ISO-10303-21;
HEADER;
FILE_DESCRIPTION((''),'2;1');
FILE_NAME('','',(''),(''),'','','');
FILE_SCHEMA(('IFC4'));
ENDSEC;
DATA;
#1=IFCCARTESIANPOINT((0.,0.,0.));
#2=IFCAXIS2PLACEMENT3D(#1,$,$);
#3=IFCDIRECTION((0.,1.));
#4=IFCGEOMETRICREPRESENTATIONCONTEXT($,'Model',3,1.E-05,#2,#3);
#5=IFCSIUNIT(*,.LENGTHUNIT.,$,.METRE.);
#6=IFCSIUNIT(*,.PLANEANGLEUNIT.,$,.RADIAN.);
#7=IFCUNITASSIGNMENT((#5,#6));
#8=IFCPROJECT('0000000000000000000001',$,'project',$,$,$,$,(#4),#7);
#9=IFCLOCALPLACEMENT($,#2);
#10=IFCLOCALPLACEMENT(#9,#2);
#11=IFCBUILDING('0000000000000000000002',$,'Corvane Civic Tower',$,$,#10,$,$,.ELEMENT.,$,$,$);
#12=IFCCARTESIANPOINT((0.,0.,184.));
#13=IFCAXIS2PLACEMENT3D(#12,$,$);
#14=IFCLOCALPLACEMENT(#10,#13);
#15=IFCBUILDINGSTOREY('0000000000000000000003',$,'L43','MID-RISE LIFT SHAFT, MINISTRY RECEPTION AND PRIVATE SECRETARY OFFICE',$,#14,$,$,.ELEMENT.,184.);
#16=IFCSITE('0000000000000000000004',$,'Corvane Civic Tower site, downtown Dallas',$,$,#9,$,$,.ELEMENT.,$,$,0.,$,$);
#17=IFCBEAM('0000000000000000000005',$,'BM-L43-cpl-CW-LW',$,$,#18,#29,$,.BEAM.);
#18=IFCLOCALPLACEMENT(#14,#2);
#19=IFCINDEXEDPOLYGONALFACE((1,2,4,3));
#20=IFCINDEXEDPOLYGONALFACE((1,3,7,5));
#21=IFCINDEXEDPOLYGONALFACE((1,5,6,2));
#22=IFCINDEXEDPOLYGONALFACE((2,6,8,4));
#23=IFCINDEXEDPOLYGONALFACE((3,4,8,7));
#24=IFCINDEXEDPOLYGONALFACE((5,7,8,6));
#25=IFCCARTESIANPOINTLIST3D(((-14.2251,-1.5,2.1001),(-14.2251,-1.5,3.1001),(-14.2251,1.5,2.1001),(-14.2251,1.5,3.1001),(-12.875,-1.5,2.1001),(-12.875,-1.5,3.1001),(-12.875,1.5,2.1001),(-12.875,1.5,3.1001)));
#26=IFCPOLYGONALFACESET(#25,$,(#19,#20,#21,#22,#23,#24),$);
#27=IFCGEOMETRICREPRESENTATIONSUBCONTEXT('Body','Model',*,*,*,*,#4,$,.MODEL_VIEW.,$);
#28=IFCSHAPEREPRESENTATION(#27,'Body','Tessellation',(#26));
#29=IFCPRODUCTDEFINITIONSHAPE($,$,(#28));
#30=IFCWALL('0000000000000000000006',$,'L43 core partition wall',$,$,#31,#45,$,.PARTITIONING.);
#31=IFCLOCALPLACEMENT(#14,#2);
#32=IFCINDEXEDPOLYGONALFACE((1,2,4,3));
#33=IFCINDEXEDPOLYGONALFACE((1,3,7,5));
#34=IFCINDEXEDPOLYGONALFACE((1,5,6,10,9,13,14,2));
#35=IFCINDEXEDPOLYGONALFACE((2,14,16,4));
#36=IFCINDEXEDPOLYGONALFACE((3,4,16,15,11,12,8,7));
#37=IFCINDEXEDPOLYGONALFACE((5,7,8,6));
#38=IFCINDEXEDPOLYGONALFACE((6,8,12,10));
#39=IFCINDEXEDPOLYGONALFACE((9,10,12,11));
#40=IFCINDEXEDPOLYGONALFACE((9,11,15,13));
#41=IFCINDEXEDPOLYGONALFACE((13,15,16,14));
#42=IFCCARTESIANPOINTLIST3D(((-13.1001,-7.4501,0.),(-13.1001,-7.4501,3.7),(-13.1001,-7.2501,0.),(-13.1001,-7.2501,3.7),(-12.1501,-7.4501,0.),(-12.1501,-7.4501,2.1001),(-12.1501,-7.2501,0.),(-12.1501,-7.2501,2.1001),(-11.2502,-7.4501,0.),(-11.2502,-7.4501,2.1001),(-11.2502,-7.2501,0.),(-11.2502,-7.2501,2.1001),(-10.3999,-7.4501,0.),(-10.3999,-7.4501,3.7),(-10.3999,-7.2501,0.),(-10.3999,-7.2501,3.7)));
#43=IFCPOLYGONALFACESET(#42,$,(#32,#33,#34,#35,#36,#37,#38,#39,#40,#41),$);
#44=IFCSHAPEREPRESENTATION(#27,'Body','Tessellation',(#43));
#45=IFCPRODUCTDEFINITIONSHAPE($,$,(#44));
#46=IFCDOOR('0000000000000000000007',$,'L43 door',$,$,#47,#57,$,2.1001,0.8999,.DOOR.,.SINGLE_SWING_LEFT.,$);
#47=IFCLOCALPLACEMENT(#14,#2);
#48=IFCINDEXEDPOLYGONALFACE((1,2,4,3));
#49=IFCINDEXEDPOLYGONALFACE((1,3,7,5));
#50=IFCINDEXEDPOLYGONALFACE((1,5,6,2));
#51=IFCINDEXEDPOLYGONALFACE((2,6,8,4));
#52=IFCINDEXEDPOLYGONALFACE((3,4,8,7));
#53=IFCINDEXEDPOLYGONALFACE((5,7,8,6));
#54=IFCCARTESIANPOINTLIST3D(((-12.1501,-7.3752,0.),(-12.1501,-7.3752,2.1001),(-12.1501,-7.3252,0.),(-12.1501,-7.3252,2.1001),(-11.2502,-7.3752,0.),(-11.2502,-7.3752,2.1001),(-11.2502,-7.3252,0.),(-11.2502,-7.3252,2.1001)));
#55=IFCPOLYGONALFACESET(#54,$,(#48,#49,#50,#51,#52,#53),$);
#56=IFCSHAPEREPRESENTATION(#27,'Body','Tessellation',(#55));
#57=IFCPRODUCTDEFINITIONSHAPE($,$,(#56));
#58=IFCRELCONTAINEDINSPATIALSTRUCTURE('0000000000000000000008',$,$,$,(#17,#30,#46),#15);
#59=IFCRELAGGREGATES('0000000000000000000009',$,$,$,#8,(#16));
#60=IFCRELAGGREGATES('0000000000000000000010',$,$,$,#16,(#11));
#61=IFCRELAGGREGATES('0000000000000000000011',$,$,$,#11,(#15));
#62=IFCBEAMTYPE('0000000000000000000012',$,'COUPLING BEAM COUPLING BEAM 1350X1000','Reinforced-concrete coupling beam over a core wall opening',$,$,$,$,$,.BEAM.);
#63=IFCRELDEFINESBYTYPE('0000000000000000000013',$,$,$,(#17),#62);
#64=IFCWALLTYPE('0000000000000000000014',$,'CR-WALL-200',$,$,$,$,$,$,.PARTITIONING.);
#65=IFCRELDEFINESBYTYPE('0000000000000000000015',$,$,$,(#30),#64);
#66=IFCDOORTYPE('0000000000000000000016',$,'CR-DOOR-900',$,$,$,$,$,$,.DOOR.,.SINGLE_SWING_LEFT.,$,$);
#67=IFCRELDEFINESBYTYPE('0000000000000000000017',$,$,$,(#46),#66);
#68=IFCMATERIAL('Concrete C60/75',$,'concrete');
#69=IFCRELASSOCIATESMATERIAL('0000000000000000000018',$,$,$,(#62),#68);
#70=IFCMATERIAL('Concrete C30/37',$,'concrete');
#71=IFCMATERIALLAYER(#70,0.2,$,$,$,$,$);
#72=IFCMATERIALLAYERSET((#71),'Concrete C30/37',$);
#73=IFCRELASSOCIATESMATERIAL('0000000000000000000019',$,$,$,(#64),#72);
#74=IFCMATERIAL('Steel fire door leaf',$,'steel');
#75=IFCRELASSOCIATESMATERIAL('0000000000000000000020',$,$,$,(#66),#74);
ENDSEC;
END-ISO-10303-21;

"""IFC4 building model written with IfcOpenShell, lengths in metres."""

from ifc_helpers import new_model, si_unit, direction, frame, frame_2d, origin, origin_2d, place, context, subcontext, project, spatial, rectangle, extrude, material, layer, layer_set, material_profile, profile_set, type_object, element, fill, save


model = new_model("IFC4")

# Units and contexts
model_context = context("Model", 3, precision=1e-05, world=origin(), true_north=direction((0.0, 1.0)))
body_context = subcontext(model_context, "Body", "Model", "MODEL_VIEW")
ifc_project = project(units=[si_unit("LENGTHUNIT", "METRE"), si_unit("PLANEANGLEUNIT", "RADIAN")], contexts=[model_context])

# Site, building, storey
site_placement = place(None, origin())
site = spatial("IfcSite", under=ifc_project, at=site_placement, Name="Corvane Civic Tower site, downtown Dallas", CompositionType="ELEMENT", RefElevation=0.0)
building_placement = place(site_placement, origin())
building = spatial("IfcBuilding", under=site, at=building_placement, Name="Corvane Civic Tower", CompositionType="ELEMENT")
storey_placement = place(building_placement, frame((0.0, 0.0, 184.0)))
storey = spatial("IfcBuildingStorey", under=building, at=storey_placement, Name="L43", Description="MID-RISE LIFT SHAFT, MINISTRY RECEPTION AND PRIVATE SECRETARY OFFICE", CompositionType="ELEMENT", Elevation=184.0)

# Beam
ifc_material_1 = material(Name="Concrete C60/75", Category="concrete")
ifc_material_profile = material_profile(ifc_material_1, rectangle(XDim=1.3501, YDim=1.0, at=origin_2d()), Name="COUPLING BEAM 1350X1000")
ifc_profile_set = profile_set([ifc_material_profile], Name="Concrete C60/75")
beam_type = type_object("IfcBeamType", Name="COUPLING BEAM COUPLING BEAM 1350X1000", Description="Reinforced-concrete coupling beam over a core wall opening", PredefinedType="BEAM", material=ifc_profile_set)
beam_placement = place(storey_placement, frame((-13.55, -1.5, 2.6001), z_axis=(0.0, 1.0, 0.0), x_axis=(-1.0, 0.0, 0.0)))
element("IfcBeam", 1, at=beam_placement, inside=storey, type_object=beam_type, Name="BM-L43-cpl-CW-LW", PredefinedType="BEAM", context=body_context, shape_type="SweptSolid", body=[
    extrude(rectangle(XDim=1.3501, YDim=1.0, at=origin_2d()), origin(), (0.0, 0.0, 1.0), 3.0),
])

# Wall, opening, door
ifc_material_2 = material(Name="Concrete C30/37", Category="concrete")
ifc_layer_1 = layer(ifc_material_2, 0.2)
ifc_layer_set_1 = layer_set([ifc_layer_1], Name="Concrete C30/37")
wall_type_1 = type_object("IfcWallType", Name="CR-WALL-200", PredefinedType="PARTITIONING", material=ifc_layer_set_1)
wall_1_placement = place(storey_placement, frame((-13.1001, -7.3501, 0.0), z_axis=(0.0, 0.0, 1.0), x_axis=(1.0, 0.0, 0.0)))
wall_1 = element("IfcWall", 2, at=wall_1_placement, inside=storey, type_object=wall_type_1, Name="L43 core partition wall", PredefinedType="PARTITIONING", context=body_context, shape_type="SweptSolid", body=[
    extrude(rectangle(XDim=2.7002, YDim=0.2, at=frame_2d((1.3501, 0.0))), origin(), (0.0, 0.0, 1.0), 3.7),
])
opening_1_placement = place(wall_1_placement, frame((0.95, 0.0, 0.0)))
opening_1 = element("IfcOpeningElement", 3, at=opening_1_placement, cuts=wall_1, PredefinedType="OPENING", context=body_context, shape_type="SweptSolid", body=[
    extrude(rectangle(XDim=0.8999, YDim=2.1001, at=frame_2d((0.45, 1.05))), frame((0.0, 0.1099, 0.0), z_axis=(0.0, -1.0, 0.0), x_axis=(1.0, 0.0, 0.0)), (0.0, 0.0, 1.0), 0.22),
])
ifc_material_3 = material(Name="Steel fire door leaf", Category="steel")
door_type_1 = type_object("IfcDoorType", Name="CR-DOOR-900", OperationType="SINGLE_SWING_LEFT", PredefinedType="DOOR", material=ifc_material_3)
door_1_placement = place(opening_1_placement, origin())
door_1 = element("IfcDoor", 4, at=door_1_placement, inside=storey, type_object=door_type_1, Name="L43 door", OperationType="SINGLE_SWING_LEFT", OverallHeight=2.1001, OverallWidth=0.8999, PredefinedType="DOOR", context=body_context, shape_type="SweptSolid", body=[
    extrude(rectangle(XDim=0.8999, YDim=2.1001, at=frame_2d((0.45, 1.05))), frame((0.0, 0.0249, 0.0), z_axis=(0.0, -1.0, 0.0), x_axis=(1.0, 0.0, 0.0)), (0.0, 0.0, 1.0), 0.05),
])
fill(opening_1, door_1)

save(model, "model.ifc")
